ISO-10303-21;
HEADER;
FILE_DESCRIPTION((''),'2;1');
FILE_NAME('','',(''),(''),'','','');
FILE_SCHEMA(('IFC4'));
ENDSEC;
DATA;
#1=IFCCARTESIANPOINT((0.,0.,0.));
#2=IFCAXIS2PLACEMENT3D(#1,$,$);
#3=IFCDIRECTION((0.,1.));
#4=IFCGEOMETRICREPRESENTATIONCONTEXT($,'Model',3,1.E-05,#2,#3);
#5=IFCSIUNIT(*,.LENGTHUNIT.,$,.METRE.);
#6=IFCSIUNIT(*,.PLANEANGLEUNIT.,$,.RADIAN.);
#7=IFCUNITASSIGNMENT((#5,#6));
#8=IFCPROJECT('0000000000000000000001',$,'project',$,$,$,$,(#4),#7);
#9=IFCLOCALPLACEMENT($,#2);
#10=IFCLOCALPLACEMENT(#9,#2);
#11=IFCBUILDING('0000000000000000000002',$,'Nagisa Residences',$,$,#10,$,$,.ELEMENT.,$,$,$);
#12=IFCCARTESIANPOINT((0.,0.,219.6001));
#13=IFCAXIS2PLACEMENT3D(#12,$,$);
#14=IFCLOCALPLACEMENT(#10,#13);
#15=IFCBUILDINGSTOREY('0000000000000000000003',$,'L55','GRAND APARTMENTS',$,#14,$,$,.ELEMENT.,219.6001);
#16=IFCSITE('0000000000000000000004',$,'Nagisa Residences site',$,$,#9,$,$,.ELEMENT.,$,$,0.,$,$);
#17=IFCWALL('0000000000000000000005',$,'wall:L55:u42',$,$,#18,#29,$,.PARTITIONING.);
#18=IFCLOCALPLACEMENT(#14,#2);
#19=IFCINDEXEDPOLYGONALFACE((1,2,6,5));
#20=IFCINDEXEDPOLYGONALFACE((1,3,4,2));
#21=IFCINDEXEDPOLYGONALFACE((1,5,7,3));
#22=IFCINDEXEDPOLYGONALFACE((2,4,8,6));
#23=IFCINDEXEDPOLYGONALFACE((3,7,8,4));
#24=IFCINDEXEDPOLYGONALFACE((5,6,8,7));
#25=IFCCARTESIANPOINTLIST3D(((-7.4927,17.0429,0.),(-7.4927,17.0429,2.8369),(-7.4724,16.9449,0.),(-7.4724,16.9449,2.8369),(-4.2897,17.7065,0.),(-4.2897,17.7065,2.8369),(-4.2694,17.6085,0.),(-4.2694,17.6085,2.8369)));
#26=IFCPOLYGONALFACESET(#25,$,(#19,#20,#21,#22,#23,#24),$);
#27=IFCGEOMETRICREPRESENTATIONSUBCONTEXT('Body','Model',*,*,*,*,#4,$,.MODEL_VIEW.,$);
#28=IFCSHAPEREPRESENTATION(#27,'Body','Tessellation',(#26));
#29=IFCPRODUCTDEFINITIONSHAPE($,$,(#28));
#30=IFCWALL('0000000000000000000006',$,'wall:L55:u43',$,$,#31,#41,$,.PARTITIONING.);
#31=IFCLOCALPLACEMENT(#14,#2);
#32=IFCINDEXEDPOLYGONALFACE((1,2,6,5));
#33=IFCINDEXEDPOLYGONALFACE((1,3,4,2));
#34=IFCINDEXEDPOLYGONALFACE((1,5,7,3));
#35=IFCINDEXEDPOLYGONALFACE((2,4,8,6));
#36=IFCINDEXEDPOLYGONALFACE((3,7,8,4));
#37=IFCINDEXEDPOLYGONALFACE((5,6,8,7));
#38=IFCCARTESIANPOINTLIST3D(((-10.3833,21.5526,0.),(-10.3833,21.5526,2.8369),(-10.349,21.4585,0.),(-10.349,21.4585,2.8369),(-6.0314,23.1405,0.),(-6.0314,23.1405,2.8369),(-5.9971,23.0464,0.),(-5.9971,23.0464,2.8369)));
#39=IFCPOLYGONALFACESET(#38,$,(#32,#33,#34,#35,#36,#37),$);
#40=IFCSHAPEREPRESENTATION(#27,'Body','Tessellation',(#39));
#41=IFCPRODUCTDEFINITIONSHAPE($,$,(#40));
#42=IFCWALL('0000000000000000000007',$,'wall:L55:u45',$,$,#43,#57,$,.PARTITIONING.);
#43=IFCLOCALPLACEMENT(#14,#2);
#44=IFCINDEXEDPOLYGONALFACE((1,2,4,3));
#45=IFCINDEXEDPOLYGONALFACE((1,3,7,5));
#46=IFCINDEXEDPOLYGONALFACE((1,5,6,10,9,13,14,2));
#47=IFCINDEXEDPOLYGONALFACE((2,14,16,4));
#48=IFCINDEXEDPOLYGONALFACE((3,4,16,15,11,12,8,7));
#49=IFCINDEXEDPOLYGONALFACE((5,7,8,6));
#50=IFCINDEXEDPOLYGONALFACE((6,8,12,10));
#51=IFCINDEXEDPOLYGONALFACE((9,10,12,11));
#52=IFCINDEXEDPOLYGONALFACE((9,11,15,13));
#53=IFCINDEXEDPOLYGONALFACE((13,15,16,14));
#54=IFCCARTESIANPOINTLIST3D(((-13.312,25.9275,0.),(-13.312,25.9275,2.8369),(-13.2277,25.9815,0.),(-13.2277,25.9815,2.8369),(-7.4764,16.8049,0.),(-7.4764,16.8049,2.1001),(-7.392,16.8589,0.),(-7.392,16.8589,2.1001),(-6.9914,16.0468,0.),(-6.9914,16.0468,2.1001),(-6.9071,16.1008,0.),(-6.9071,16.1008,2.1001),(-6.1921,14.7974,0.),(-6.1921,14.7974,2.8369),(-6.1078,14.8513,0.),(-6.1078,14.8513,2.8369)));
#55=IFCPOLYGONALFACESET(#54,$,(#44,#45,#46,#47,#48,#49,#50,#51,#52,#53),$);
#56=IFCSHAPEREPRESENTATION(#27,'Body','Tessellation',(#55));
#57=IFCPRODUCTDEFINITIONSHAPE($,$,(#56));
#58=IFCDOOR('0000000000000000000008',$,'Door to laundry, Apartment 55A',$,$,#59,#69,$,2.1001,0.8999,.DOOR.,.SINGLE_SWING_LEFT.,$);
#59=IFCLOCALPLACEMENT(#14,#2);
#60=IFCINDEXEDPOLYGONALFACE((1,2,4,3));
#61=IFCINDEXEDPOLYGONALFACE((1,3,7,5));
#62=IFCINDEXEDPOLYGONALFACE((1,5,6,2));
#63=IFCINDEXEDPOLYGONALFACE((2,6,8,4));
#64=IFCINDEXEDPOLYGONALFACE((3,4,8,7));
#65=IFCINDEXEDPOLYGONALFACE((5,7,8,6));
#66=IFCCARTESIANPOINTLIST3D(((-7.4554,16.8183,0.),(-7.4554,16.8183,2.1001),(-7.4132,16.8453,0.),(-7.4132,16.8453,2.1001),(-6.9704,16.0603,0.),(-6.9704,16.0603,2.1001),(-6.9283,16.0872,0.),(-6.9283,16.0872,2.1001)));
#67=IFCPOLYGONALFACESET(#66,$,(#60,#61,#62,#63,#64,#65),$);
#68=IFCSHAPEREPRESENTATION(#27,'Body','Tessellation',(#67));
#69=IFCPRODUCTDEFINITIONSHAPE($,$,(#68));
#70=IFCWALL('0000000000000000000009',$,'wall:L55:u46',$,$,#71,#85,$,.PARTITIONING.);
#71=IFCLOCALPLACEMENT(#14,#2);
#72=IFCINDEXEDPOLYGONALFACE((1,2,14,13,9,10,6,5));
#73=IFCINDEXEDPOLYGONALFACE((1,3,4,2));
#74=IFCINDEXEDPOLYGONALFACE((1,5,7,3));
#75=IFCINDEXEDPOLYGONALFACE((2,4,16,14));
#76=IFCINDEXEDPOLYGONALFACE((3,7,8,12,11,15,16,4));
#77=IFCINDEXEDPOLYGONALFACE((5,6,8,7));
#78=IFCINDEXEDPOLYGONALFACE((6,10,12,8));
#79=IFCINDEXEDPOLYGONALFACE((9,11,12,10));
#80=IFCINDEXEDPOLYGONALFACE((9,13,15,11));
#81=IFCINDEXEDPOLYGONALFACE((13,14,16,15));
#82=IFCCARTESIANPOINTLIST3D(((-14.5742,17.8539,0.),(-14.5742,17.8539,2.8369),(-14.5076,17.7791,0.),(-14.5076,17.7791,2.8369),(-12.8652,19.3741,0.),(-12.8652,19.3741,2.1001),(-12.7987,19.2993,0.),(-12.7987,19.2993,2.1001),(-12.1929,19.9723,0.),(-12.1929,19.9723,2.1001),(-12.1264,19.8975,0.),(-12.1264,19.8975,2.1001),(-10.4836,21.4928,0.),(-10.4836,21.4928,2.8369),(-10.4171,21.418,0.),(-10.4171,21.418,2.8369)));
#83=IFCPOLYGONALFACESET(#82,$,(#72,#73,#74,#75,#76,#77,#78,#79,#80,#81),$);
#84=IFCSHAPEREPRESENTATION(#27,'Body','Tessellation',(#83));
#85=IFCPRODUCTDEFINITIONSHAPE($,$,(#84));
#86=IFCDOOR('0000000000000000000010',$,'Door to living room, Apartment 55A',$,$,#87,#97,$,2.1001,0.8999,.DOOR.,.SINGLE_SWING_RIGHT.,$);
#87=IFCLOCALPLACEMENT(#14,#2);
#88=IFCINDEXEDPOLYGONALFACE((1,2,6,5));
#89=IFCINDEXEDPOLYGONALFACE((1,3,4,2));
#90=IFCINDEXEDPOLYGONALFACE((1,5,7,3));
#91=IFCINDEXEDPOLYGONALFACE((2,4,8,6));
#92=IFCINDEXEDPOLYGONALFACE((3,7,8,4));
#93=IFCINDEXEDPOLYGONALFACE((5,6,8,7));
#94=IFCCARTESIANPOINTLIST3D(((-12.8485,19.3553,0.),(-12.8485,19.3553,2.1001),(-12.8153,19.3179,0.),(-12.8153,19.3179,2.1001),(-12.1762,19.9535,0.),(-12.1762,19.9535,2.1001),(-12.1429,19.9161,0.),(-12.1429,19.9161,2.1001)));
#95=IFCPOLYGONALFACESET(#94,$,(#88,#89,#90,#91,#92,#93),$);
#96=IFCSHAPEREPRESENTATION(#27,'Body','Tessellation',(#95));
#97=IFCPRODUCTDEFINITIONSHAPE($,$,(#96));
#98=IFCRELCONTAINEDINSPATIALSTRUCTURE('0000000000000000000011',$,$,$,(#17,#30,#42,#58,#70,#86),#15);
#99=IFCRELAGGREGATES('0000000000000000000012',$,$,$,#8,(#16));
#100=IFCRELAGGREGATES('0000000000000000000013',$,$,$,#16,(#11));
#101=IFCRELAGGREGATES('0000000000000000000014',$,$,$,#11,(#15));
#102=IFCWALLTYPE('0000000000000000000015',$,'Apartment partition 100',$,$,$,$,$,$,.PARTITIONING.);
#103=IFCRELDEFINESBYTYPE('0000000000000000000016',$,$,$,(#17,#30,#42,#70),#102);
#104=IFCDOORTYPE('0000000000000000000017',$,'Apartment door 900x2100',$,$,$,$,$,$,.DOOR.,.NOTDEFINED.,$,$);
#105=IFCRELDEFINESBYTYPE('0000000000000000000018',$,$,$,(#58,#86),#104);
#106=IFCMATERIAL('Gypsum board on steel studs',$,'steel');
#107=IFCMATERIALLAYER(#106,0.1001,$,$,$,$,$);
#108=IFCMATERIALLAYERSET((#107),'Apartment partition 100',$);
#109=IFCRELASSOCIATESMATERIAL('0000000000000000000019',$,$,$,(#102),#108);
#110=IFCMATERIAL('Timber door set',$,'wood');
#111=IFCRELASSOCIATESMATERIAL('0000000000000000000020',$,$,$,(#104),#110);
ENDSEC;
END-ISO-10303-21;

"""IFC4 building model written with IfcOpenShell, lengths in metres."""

from ifc_helpers import new_model, si_unit, direction, frame, frame_2d, origin, place, context, subcontext, project, spatial, rectangle, extrude, material, layer, layer_set, type_object, element, fill, save


model = new_model("IFC4")

# Units and contexts
model_context = context("Model", 3, precision=1e-05, world=origin(), true_north=direction((0.0, 1.0)))
body_context = subcontext(model_context, "Body", "Model", "MODEL_VIEW")
ifc_project = project(units=[si_unit("LENGTHUNIT", "METRE"), si_unit("PLANEANGLEUNIT", "RADIAN")], contexts=[model_context])

# Site, building, storey
site_placement = place(None, origin())
site = spatial("IfcSite", under=ifc_project, at=site_placement, Name="Nagisa Residences site", CompositionType="ELEMENT", RefElevation=0.0)
building_placement = place(site_placement, origin())
building = spatial("IfcBuilding", under=site, at=building_placement, Name="Nagisa Residences", CompositionType="ELEMENT")
storey_placement = place(building_placement, frame((0.0, 0.0, 219.6001)))
storey = spatial("IfcBuildingStorey", under=building, at=storey_placement, Name="L55", Description="GRAND APARTMENTS", CompositionType="ELEMENT", Elevation=219.6001)

# Shared definitions
ifc_material_1 = material(Name="Gypsum board on steel studs", Category="steel")
ifc_layer_1 = layer(ifc_material_1, 0.1001)
ifc_layer_set_1 = layer_set([ifc_layer_1], Name="Apartment partition 100")
wall_type_1 = type_object("IfcWallType", Name="Apartment partition 100", PredefinedType="PARTITIONING", material=ifc_layer_set_1)
ifc_material_2 = material(Name="Timber door set", Category="wood")
door_type_1 = type_object("IfcDoorType", Name="Apartment door 900x2100", OperationType="NOTDEFINED", PredefinedType="DOOR", material=ifc_material_2)

# Walls
wall_1_placement = place(storey_placement, frame((-4.2795, 17.6575, 0.0), z_axis=(0.0, 0.0, 1.0), x_axis=(-0.979205, -0.202872, 0.0)))
element("IfcWall", 1, at=wall_1_placement, inside=storey, type_object=wall_type_1, Name="wall:L55:u42", PredefinedType="PARTITIONING", context=body_context, shape_type="SweptSolid", body=[
    extrude(rectangle(XDim=3.271, YDim=0.1001, at=frame_2d((1.6355, 0.0))), origin(), (0.0, 0.0, 1.0), 2.8369),
])
wall_2_placement = place(storey_placement, frame((-6.0142, 23.0935, 0.0), z_axis=(0.0, 0.0, 1.0), x_axis=(-0.939417, -0.342775, 0.0)))
element("IfcWall", 2, at=wall_2_placement, inside=storey, type_object=wall_type_1, Name="wall:L55:u43", PredefinedType="PARTITIONING", context=body_context, shape_type="SweptSolid", body=[
    extrude(rectangle(XDim=4.6326, YDim=0.1001, at=frame_2d((2.3164, 0.0))), origin(), (0.0, 0.0, 1.0), 2.8369),
])

# Walls, openings, doors
wall_3_placement = place(storey_placement, frame((-6.1499, 14.8242, 0.0), z_axis=(0.0, 0.0, 1.0), x_axis=(-0.538871, 0.842388, 0.0)))
wall_3 = element("IfcWall", 3, at=wall_3_placement, inside=storey, type_object=wall_type_1, Name="wall:L55:u45", PredefinedType="PARTITIONING", context=body_context, shape_type="SweptSolid", body=[
    extrude(rectangle(XDim=13.2126, YDim=0.1001, at=frame_2d((6.6064, 0.0))), origin(), (0.0, 0.0, 1.0), 2.8369),
])
opening_1_placement = place(wall_3_placement, frame((1.4834, 0.0, 0.0)))
opening_1 = element("IfcOpeningElement", 4, at=opening_1_placement, cuts=wall_3, PredefinedType="OPENING", context=body_context, shape_type="SweptSolid", body=[
    extrude(rectangle(XDim=0.8999, YDim=2.1001, at=frame_2d((0.45, 1.05))), frame((0.0, 0.0601, 0.0), z_axis=(0.0, -1.0, 0.0), x_axis=(1.0, 0.0, 0.0)), (0.0, 0.0, 1.0), 0.1201),
])
door_1_placement = place(opening_1_placement, frame((0.8999, 0.0, 0.0), x_axis=(-1.0, 0.0, 0.0)))
door_1 = element("IfcDoor", 5, at=door_1_placement, inside=storey, type_object=door_type_1, Name="Door to laundry, Apartment 55A", OperationType="SINGLE_SWING_LEFT", OverallHeight=2.1001, OverallWidth=0.8999, PredefinedType="DOOR", context=body_context, shape_type="SweptSolid", body=[
    extrude(rectangle(XDim=0.8999, YDim=2.1001, at=frame_2d((0.45, 1.05))), frame((0.0, 0.0249, 0.0), z_axis=(0.0, -1.0, 0.0), x_axis=(1.0, 0.0, 0.0)), (0.0, 0.0, 1.0), 0.05),
])
fill(opening_1, door_1)
wall_4_placement = place(storey_placement, frame((-10.4504, 21.4553, 0.0), z_axis=(0.0, 0.0, 1.0), x_axis=(-0.747151, -0.664654, 0.0)))
wall_4 = element("IfcWall", 6, at=wall_4_placement, inside=storey, type_object=wall_type_1, Name="wall:L55:u46", PredefinedType="PARTITIONING", context=body_context, shape_type="SweptSolid", body=[
    extrude(rectangle(XDim=5.4749, YDim=0.1001, at=frame_2d((2.7373, 0.0))), origin(), (0.0, 0.0, 1.0), 2.8369),
])
opening_2_placement = place(wall_4_placement, frame((2.2876, 0.0, 0.0)))
opening_2 = element("IfcOpeningElement", 7, at=opening_2_placement, cuts=wall_4, PredefinedType="OPENING", context=body_context, shape_type="SweptSolid", body=[
    extrude(rectangle(XDim=0.8999, YDim=2.1001, at=frame_2d((0.45, 1.05))), frame((0.0, 0.0601, 0.0), z_axis=(0.0, -1.0, 0.0), x_axis=(1.0, 0.0, 0.0)), (0.0, 0.0, 1.0), 0.1201),
])
door_2_placement = place(opening_2_placement, frame((0.8999, 0.0, 0.0), x_axis=(-1.0, 0.0, 0.0)))
door_2 = element("IfcDoor", 8, at=door_2_placement, inside=storey, type_object=door_type_1, Name="Door to living room, Apartment 55A", OperationType="SINGLE_SWING_RIGHT", OverallHeight=2.1001, OverallWidth=0.8999, PredefinedType="DOOR", context=body_context, shape_type="SweptSolid", body=[
    extrude(rectangle(XDim=0.8999, YDim=2.1001, at=frame_2d((0.45, 1.05))), frame((0.0, 0.0249, 0.0), z_axis=(0.0, -1.0, 0.0), x_axis=(1.0, 0.0, 0.0)), (0.0, 0.0, 1.0), 0.05),
])
fill(opening_2, door_2)

save(model, "model.ifc")
